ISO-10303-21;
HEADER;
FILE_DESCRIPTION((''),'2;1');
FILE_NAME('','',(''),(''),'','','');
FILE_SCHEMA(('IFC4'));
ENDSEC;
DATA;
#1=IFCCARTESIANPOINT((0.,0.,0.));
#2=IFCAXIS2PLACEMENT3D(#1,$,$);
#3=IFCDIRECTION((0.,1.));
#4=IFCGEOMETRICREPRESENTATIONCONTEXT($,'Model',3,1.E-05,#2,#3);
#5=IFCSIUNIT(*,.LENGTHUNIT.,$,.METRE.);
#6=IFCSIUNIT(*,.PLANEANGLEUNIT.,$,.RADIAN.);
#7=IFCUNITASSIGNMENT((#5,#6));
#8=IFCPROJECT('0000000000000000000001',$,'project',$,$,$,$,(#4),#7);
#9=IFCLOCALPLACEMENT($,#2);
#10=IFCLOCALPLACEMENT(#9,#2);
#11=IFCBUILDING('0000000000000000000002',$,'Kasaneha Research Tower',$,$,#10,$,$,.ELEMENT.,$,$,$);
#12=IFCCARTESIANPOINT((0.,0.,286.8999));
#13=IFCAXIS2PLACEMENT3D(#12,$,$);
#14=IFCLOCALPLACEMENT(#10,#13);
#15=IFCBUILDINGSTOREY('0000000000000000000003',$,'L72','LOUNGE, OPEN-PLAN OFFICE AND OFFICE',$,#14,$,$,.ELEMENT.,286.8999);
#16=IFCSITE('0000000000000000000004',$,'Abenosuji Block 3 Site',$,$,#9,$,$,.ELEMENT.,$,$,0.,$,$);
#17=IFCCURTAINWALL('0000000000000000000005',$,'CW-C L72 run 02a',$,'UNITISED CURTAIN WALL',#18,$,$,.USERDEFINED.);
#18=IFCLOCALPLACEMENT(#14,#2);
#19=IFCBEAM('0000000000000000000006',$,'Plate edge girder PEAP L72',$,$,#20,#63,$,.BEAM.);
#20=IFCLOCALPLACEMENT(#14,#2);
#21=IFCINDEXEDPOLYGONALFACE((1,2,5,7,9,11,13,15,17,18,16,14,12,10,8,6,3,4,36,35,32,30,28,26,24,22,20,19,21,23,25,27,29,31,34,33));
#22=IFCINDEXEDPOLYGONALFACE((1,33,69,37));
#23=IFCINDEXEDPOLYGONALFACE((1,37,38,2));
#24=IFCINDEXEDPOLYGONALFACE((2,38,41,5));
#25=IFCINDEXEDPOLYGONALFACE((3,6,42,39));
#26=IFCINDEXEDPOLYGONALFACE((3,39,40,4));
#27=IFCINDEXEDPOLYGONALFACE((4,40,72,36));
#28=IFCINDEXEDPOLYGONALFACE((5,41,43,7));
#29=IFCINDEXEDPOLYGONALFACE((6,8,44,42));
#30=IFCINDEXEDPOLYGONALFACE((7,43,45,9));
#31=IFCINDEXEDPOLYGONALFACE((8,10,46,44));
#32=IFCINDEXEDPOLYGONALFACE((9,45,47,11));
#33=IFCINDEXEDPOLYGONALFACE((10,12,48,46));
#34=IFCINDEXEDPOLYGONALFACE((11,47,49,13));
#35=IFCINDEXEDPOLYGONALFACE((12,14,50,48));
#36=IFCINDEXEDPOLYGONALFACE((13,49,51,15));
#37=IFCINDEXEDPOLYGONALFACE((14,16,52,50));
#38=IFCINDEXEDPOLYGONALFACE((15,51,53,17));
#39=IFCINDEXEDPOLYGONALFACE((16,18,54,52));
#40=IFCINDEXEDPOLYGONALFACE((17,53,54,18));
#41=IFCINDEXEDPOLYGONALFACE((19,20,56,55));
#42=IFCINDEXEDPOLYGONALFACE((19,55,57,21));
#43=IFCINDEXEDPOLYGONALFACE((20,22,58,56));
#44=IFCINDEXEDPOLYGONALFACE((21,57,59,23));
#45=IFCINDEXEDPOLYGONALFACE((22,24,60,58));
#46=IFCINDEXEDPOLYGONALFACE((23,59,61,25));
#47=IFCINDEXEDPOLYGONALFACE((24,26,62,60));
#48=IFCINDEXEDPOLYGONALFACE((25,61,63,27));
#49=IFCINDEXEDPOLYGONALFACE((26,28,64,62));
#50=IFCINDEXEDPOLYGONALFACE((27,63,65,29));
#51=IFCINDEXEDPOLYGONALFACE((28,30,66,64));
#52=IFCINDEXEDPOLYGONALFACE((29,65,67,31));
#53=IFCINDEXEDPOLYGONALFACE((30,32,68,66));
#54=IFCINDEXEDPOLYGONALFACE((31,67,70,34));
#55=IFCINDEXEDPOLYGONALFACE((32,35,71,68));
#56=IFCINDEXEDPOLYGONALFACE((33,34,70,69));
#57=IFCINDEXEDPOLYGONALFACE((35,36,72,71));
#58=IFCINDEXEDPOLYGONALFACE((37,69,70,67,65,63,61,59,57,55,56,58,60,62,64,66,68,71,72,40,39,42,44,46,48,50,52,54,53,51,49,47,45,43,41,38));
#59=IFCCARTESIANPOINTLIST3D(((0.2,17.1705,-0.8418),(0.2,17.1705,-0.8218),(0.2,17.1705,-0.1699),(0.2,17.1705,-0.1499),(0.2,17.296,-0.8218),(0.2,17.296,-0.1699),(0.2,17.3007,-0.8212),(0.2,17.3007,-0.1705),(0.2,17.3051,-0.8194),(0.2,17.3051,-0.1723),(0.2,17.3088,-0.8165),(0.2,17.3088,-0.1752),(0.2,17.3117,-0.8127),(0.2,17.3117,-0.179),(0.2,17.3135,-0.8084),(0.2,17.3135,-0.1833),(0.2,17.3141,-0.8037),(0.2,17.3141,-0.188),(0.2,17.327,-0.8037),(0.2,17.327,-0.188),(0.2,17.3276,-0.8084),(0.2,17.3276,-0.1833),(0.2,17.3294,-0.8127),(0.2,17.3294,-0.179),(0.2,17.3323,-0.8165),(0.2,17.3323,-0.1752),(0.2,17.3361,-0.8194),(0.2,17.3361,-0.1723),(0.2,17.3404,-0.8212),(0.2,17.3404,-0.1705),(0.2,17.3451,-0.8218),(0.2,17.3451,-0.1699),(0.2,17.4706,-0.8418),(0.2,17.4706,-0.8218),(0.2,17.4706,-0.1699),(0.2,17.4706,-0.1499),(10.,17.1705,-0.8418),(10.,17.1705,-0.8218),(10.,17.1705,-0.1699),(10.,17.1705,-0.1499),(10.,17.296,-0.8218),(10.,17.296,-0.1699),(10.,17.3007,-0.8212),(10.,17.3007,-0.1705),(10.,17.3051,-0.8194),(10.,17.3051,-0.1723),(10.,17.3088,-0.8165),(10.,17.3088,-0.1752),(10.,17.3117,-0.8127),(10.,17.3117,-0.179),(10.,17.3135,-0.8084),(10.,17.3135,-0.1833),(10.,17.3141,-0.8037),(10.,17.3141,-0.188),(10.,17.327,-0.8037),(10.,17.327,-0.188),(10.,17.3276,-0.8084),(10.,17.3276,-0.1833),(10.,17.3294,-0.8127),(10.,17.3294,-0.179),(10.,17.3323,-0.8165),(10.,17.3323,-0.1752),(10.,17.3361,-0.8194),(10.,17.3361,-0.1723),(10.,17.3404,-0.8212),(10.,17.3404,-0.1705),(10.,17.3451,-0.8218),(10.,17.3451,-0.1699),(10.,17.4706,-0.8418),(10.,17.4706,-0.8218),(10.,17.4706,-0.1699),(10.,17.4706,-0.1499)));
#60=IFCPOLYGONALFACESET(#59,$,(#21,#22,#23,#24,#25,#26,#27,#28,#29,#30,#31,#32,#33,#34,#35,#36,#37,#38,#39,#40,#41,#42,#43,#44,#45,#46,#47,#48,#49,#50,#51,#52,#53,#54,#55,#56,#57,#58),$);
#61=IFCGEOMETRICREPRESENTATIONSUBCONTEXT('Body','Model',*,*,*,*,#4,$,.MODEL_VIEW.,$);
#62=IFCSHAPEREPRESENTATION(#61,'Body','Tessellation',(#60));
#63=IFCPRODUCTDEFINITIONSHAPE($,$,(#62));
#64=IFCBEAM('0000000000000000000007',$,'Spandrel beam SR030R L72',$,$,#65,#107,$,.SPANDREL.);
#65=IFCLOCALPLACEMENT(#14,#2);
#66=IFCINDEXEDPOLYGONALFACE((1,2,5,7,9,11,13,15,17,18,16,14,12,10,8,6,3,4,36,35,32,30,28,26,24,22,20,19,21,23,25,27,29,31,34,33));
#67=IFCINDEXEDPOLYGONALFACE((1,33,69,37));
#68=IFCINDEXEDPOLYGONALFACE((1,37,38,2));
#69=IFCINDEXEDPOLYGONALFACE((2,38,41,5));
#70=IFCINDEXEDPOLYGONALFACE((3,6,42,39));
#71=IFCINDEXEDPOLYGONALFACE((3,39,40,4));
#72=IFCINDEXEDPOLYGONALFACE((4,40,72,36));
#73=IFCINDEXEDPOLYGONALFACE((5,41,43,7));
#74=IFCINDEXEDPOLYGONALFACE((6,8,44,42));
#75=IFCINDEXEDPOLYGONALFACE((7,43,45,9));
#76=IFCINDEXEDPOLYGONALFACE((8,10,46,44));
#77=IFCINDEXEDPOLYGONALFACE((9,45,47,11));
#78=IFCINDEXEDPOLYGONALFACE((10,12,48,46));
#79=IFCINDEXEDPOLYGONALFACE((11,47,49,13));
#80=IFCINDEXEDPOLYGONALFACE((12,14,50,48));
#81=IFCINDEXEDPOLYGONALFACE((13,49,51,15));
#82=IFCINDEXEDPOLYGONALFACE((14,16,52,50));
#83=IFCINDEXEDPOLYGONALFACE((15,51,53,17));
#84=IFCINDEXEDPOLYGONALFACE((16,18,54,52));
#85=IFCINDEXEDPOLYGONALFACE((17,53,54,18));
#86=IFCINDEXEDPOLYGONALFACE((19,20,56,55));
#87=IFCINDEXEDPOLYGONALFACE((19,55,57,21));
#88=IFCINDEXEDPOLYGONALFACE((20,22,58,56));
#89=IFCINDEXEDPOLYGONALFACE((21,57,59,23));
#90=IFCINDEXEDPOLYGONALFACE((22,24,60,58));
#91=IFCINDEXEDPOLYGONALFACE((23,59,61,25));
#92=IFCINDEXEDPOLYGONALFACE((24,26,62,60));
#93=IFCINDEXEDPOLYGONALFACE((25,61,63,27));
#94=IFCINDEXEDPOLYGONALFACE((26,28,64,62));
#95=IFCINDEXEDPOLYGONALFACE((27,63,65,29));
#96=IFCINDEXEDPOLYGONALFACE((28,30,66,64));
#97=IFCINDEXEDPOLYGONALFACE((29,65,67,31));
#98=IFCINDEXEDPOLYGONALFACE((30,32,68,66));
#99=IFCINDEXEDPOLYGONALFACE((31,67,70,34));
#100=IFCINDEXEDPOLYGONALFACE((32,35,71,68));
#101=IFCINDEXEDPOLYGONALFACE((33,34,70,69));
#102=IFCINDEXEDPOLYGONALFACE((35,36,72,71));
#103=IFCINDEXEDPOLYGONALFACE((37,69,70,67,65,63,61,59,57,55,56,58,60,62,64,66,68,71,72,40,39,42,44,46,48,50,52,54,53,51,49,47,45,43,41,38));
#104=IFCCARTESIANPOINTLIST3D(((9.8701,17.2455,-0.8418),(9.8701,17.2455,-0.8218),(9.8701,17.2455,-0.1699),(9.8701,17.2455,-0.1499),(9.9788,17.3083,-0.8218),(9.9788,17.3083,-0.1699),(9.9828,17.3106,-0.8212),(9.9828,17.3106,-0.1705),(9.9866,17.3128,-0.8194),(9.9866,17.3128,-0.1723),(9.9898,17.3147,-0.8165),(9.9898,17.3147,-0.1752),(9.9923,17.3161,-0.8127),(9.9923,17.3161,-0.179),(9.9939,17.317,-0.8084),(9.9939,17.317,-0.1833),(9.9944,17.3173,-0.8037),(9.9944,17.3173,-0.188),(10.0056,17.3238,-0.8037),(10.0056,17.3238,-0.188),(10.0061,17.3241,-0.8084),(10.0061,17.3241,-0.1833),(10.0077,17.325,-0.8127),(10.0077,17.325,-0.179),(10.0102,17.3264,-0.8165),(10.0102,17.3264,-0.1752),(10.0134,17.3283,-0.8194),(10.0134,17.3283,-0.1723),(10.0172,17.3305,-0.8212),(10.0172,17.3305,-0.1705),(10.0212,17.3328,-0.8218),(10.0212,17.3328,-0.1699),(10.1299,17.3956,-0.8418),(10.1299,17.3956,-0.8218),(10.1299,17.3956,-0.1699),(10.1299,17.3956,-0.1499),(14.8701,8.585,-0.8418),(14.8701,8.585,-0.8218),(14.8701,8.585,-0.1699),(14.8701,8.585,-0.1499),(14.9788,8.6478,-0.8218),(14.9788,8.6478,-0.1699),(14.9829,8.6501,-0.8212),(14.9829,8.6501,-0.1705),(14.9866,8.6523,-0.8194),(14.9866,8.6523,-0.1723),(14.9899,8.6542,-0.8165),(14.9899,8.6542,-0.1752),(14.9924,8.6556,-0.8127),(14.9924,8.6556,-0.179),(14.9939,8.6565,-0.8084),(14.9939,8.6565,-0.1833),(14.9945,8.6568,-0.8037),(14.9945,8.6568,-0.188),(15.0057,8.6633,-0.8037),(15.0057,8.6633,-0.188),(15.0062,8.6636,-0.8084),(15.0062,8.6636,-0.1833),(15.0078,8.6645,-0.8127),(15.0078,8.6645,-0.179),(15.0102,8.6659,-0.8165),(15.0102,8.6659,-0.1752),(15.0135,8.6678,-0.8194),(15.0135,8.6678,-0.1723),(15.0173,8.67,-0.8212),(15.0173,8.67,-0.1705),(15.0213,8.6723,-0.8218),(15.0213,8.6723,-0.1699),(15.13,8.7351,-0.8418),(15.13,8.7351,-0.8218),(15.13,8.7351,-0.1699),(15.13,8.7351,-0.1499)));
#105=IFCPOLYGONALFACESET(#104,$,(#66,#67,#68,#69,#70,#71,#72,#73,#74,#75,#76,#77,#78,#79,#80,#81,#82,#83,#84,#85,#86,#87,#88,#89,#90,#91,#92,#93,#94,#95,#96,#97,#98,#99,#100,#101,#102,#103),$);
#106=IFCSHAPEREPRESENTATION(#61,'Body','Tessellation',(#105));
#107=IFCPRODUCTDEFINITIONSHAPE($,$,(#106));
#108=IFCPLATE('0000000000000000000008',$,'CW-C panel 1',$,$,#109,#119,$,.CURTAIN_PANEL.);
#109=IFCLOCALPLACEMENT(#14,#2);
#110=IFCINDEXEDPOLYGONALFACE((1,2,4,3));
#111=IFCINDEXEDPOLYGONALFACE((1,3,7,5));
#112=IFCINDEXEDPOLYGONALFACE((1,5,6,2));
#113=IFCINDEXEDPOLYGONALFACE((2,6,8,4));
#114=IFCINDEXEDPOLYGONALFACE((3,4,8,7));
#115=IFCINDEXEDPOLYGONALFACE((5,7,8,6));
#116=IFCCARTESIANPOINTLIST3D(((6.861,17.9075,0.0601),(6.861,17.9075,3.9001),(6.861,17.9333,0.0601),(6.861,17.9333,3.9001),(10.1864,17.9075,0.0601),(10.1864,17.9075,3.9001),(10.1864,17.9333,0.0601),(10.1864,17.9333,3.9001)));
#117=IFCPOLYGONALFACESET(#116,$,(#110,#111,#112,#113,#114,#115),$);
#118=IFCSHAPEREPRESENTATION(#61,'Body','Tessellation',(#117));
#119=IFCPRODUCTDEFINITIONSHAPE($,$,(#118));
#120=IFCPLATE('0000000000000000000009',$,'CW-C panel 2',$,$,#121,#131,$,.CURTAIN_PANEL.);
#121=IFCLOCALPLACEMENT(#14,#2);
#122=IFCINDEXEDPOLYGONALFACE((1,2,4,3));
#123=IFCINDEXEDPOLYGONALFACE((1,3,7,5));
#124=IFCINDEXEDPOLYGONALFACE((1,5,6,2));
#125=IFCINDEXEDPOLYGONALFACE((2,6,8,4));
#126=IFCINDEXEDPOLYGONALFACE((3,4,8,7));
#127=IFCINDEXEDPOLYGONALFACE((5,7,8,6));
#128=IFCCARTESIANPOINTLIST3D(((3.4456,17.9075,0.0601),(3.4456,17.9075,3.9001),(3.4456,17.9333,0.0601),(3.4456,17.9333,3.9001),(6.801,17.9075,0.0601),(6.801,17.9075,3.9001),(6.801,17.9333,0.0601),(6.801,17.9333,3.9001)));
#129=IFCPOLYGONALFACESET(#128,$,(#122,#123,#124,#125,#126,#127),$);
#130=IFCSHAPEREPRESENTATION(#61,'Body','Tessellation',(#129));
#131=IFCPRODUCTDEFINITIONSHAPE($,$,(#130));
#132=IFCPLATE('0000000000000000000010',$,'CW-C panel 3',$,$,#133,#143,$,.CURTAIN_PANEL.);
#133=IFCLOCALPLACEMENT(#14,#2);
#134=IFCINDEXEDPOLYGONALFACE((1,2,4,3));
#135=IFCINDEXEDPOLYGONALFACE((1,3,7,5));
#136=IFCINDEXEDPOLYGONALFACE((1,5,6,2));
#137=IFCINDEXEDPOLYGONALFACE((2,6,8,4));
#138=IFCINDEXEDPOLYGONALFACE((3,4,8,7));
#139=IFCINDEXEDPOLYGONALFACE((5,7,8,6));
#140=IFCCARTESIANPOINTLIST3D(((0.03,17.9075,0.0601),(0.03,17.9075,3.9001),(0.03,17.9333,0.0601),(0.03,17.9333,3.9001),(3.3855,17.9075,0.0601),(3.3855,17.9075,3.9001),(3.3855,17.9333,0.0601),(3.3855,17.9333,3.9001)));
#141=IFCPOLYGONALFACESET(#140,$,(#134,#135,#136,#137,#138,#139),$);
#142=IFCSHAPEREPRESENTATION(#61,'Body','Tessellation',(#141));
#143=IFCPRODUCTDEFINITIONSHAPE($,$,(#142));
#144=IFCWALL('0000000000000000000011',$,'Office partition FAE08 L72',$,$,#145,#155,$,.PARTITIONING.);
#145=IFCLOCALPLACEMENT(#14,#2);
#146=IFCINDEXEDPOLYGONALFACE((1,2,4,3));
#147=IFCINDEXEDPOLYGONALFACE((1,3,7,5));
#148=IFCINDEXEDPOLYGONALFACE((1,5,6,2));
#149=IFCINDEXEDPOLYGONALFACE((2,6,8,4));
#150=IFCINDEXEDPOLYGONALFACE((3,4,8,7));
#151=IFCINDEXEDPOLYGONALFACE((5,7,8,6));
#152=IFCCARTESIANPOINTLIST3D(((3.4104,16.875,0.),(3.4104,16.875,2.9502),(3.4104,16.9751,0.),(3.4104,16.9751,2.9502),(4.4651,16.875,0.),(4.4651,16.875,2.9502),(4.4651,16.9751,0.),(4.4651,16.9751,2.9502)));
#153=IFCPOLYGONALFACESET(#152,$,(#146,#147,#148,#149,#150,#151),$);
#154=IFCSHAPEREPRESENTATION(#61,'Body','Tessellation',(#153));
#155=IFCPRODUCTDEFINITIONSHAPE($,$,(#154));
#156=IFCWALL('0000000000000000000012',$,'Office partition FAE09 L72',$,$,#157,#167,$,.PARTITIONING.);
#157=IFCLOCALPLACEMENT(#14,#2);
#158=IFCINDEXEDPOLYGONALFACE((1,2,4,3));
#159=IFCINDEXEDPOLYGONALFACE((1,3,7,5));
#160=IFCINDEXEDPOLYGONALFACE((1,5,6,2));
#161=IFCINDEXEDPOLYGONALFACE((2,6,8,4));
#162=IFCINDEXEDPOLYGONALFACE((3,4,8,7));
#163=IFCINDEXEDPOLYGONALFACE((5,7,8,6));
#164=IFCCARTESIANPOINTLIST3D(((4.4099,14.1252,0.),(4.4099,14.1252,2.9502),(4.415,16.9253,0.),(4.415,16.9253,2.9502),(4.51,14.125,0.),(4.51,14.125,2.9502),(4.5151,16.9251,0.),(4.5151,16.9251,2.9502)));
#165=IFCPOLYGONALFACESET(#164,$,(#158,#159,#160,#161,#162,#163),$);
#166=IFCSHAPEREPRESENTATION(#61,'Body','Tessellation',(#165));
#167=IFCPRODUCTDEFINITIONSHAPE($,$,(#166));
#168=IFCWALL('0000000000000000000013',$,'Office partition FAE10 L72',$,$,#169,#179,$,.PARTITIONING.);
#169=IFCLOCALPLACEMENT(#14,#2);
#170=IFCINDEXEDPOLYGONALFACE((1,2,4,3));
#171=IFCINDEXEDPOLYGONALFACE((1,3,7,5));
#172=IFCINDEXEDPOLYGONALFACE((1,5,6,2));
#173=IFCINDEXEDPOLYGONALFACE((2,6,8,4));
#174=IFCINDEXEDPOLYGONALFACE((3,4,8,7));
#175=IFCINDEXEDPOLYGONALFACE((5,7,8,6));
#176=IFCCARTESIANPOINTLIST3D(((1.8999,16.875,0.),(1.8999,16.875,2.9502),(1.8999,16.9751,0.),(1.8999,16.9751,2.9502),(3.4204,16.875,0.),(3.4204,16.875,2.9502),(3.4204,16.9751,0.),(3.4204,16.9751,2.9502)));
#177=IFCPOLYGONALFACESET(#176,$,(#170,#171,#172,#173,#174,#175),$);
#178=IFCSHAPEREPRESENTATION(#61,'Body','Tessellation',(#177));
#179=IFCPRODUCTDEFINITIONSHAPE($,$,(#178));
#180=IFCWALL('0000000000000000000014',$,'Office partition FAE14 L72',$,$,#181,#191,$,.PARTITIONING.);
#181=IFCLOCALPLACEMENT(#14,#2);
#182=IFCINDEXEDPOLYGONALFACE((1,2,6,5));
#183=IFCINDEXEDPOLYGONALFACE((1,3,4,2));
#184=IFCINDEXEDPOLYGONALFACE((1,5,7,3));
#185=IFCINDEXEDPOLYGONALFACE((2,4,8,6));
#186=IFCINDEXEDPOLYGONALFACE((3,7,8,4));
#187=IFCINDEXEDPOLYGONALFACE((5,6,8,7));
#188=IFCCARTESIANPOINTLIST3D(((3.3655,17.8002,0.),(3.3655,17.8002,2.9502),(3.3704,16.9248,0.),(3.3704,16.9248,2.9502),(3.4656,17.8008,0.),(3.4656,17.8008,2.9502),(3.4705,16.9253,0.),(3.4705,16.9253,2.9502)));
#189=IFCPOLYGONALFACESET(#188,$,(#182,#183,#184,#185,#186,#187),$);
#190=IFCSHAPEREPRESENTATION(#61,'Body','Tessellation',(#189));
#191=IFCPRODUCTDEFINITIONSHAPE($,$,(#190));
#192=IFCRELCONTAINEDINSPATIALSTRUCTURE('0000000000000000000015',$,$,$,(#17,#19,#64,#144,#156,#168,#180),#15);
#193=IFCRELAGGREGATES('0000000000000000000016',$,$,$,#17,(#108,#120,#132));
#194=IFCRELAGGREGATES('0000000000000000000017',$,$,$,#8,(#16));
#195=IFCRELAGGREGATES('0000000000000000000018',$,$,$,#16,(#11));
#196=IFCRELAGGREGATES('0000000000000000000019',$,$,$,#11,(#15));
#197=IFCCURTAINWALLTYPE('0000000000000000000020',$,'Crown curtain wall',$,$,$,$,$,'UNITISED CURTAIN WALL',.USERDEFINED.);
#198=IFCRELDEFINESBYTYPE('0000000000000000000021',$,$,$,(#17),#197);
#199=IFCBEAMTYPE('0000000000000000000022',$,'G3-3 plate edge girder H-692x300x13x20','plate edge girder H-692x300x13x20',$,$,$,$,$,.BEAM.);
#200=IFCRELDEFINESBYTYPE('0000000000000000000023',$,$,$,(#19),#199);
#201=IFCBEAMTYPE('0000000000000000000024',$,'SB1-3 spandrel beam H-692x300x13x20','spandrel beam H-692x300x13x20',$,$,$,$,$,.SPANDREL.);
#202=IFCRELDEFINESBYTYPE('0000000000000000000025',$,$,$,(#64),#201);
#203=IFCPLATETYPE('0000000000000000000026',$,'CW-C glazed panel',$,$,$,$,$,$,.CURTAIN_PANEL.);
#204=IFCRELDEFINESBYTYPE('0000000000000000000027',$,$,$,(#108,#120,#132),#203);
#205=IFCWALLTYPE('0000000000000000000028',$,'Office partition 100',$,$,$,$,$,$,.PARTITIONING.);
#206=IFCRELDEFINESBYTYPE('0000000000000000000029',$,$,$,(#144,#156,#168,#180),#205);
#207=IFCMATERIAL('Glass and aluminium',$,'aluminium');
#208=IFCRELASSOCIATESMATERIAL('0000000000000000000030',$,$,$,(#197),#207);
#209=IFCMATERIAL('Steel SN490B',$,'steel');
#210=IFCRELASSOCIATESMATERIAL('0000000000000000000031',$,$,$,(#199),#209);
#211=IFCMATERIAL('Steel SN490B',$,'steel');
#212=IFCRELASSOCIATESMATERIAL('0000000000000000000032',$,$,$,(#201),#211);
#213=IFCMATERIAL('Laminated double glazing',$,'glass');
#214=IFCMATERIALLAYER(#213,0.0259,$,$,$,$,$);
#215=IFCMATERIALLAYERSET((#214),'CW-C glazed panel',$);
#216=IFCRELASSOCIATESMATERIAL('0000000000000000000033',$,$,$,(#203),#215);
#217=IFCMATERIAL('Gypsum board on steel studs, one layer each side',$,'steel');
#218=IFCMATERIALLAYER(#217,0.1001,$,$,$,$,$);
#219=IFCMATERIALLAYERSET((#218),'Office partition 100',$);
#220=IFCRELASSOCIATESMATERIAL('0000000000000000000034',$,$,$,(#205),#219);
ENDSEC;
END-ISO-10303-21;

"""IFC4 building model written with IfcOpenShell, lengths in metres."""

from ifc_helpers import new_model, si_unit, direction, frame, frame_2d, origin, origin_2d, place, context, subcontext, project, spatial, rectangle, i_section, extrude, material, layer, layer_set, material_profile, profile_set, type_object, element, aggregate, save


model = new_model("IFC4")

# Units and contexts
model_context = context("Model", 3, precision=1e-05, world=origin(), true_north=direction((0.0, 1.0)))
body_context = subcontext(model_context, "Body", "Model", "MODEL_VIEW")
ifc_project = project(units=[si_unit("LENGTHUNIT", "METRE"), si_unit("PLANEANGLEUNIT", "RADIAN")], contexts=[model_context])

# Site, building, storey
site_placement = place(None, origin())
site = spatial("IfcSite", under=ifc_project, at=site_placement, Name="Abenosuji Block 3 Site", CompositionType="ELEMENT", RefElevation=0.0)
building_placement = place(site_placement, origin())
building = spatial("IfcBuilding", under=site, at=building_placement, Name="Kasaneha Research Tower", CompositionType="ELEMENT")
storey_placement = place(building_placement, frame((0.0, 0.0, 286.8999)))
storey = spatial("IfcBuildingStorey", under=building, at=storey_placement, Name="L72", Description="LOUNGE, OPEN-PLAN OFFICE AND OFFICE", CompositionType="ELEMENT", Elevation=286.8999)

# Curtain wall
ifc_material_1 = material(Name="Glass and aluminium", Category="aluminium")
curtain_wall_type = type_object("IfcCurtainWallType", Name="Crown curtain wall", ElementType="UNITISED CURTAIN WALL", PredefinedType="USERDEFINED", material=ifc_material_1)
curtain_wall_placement = place(storey_placement, origin())
curtain_wall = element("IfcCurtainWall", 1, at=curtain_wall_placement, inside=storey, type_object=curtain_wall_type, Name="CW-C L72 run 02a", ObjectType="UNITISED CURTAIN WALL", PredefinedType="USERDEFINED")

# Beams
ifc_material_2 = material(Name="Steel SN490B", Category="steel")
ifc_material_profile_1 = material_profile(ifc_material_2, i_section(OverallWidth=0.3, OverallDepth=0.6919, WebThickness=0.0129, FlangeThickness=0.02, FilletRadius=0.0181, at=origin_2d()), Name="H-692x300x13x20")
ifc_profile_set_1 = profile_set([ifc_material_profile_1], Name="Steel SN490B")
beam_type_1 = type_object("IfcBeamType", Name="G3-3 plate edge girder H-692x300x13x20", Description="plate edge girder H-692x300x13x20", PredefinedType="BEAM", material=ifc_profile_set_1)
beam_1_placement = place(storey_placement, frame((10.0, 17.3206, -0.4958), z_axis=(-1.0, 0.0, 0.0), x_axis=(0.0, -1.0, 0.0)))
element("IfcBeam", 2, at=beam_1_placement, inside=storey, type_object=beam_type_1, Name="Plate edge girder PEAP L72", PredefinedType="BEAM", context=body_context, shape_type="SweptSolid", body=[
    extrude(i_section(OverallWidth=0.3, OverallDepth=0.6919, WebThickness=0.0129, FlangeThickness=0.02, FilletRadius=0.0181, at=origin_2d()), origin(), (0.0, 0.0, 1.0), 9.8),
])
ifc_material_3 = material(Name="Steel SN490B", Category="steel")
ifc_material_profile_2 = material_profile(ifc_material_3, i_section(OverallWidth=0.3, OverallDepth=0.6919, WebThickness=0.0129, FlangeThickness=0.02, FilletRadius=0.0181, at=origin_2d()), Name="H-692x300x13x20")
ifc_profile_set_2 = profile_set([ifc_material_profile_2], Name="Steel SN490B")
beam_type_2 = type_object("IfcBeamType", Name="SB1-3 spandrel beam H-692x300x13x20", Description="spandrel beam H-692x300x13x20", PredefinedType="SPANDREL", material=ifc_profile_set_2)
beam_2_placement = place(storey_placement, frame((10.0, 17.3206, -0.4958), z_axis=(0.499994, -0.866029, 0.0), x_axis=(0.866029, 0.499994, 0.0)))
element("IfcBeam", 3, at=beam_2_placement, inside=storey, type_object=beam_type_2, Name="Spandrel beam SR030R L72", PredefinedType="SPANDREL", context=body_context, shape_type="SweptSolid", body=[
    extrude(i_section(OverallWidth=0.3, OverallDepth=0.6919, WebThickness=0.0129, FlangeThickness=0.02, FilletRadius=0.0181, at=origin_2d()), origin(), (0.0, 0.0, 1.0), 10.0002),
])

# Plates
ifc_material_4 = material(Name="Laminated double glazing", Category="glass")
ifc_layer_1 = layer(ifc_material_4, 0.0259)
ifc_layer_set_1 = layer_set([ifc_layer_1], Name="CW-C glazed panel")
plate_type = type_object("IfcPlateType", Name="CW-C glazed panel", PredefinedType="CURTAIN_PANEL", material=ifc_layer_set_1)
plate_1_placement = place(storey_placement, frame((8.5237, 17.9204, 0.0601), z_axis=(0.0, 0.0, 1.0), x_axis=(-1.0, 0.0, 0.0)))
plate_1 = element("IfcPlate", 4, at=plate_1_placement, type_object=plate_type, Name="CW-C panel 1", PredefinedType="CURTAIN_PANEL", context=body_context, shape_type="SweptSolid", body=[
    extrude(rectangle(XDim=3.3254, YDim=0.0259, at=origin_2d()), origin(), (0.0, 0.0, 1.0), 3.8401),
])
plate_2_placement = place(storey_placement, frame((5.1233, 17.9204, 0.0601), z_axis=(0.0, 0.0, 1.0), x_axis=(-1.0, 0.0, 0.0)))
plate_2 = element("IfcPlate", 5, at=plate_2_placement, type_object=plate_type, Name="CW-C panel 2", PredefinedType="CURTAIN_PANEL", context=body_context, shape_type="SweptSolid", body=[
    extrude(rectangle(XDim=3.3555, YDim=0.0259, at=origin_2d()), origin(), (0.0, 0.0, 1.0), 3.8401),
])
plate_3_placement = place(storey_placement, frame((1.7078, 17.9204, 0.0601), z_axis=(0.0, 0.0, 1.0), x_axis=(-1.0, 0.0, 0.0)))
plate_3 = element("IfcPlate", 6, at=plate_3_placement, type_object=plate_type, Name="CW-C panel 3", PredefinedType="CURTAIN_PANEL", context=body_context, shape_type="SweptSolid", body=[
    extrude(rectangle(XDim=3.3555, YDim=0.0259, at=origin_2d()), origin(), (0.0, 0.0, 1.0), 3.8401),
])
aggregate(curtain_wall, [plate_1, plate_2, plate_3])

# Walls
ifc_material_5 = material(Name="Gypsum board on steel studs, one layer each side", Category="steel")
ifc_layer_2 = layer(ifc_material_5, 0.1001)
ifc_layer_set_2 = layer_set([ifc_layer_2], Name="Office partition 100")
wall_type_1 = type_object("IfcWallType", Name="Office partition 100", PredefinedType="PARTITIONING", material=ifc_layer_set_2)
wall_1_placement = place(storey_placement, frame((3.4104, 16.925, 0.0), z_axis=(0.0, 0.0, 1.0), x_axis=(1.0, 0.0, 0.0)))
element("IfcWall", 7, at=wall_1_placement, inside=storey, type_object=wall_type_1, Name="Office partition FAE08 L72", PredefinedType="PARTITIONING", context=body_context, shape_type="SweptSolid", body=[
    extrude(rectangle(XDim=1.0547, YDim=0.1001, at=frame_2d((0.5273, 0.0))), origin(), (0.0, 0.0, 1.0), 2.9502),
])
wall_2_placement = place(storey_placement, frame((4.4651, 16.925, 0.0), z_axis=(0.0, 0.0, 1.0), x_axis=(-0.001831, -0.999998, 0.0)))
element("IfcWall", 8, at=wall_2_placement, inside=storey, type_object=wall_type_1, Name="Office partition FAE09 L72", PredefinedType="PARTITIONING", context=body_context, shape_type="SweptSolid", body=[
    extrude(rectangle(XDim=2.8, YDim=0.1001, at=frame_2d((1.3999, 0.0))), origin(), (0.0, 0.0, 1.0), 2.9502),
])
wall_3_placement = place(storey_placement, frame((1.8999, 16.925, 0.0), z_axis=(0.0, 0.0, 1.0), x_axis=(1.0, 0.0, 0.0)))
element("IfcWall", 9, at=wall_3_placement, inside=storey, type_object=wall_type_1, Name="Office partition FAE10 L72", PredefinedType="PARTITIONING", context=body_context, shape_type="SweptSolid", body=[
    extrude(rectangle(XDim=1.5205, YDim=0.1001, at=frame_2d((0.7603, 0.0))), origin(), (0.0, 0.0, 1.0), 2.9502),
])
wall_4_placement = place(storey_placement, frame((3.4204, 16.925, 0.0), z_axis=(0.0, 0.0, 1.0), x_axis=(-0.005577, 0.999984, 0.0)))
element("IfcWall", 10, at=wall_4_placement, inside=storey, type_object=wall_type_1, Name="Office partition FAE14 L72", PredefinedType="PARTITIONING", context=body_context, shape_type="SweptSolid", body=[
    extrude(rectangle(XDim=0.8755, YDim=0.1001, at=frame_2d((0.4377, 0.0))), origin(), (0.0, 0.0, 1.0), 2.9502),
])

save(model, "model.ifc")
